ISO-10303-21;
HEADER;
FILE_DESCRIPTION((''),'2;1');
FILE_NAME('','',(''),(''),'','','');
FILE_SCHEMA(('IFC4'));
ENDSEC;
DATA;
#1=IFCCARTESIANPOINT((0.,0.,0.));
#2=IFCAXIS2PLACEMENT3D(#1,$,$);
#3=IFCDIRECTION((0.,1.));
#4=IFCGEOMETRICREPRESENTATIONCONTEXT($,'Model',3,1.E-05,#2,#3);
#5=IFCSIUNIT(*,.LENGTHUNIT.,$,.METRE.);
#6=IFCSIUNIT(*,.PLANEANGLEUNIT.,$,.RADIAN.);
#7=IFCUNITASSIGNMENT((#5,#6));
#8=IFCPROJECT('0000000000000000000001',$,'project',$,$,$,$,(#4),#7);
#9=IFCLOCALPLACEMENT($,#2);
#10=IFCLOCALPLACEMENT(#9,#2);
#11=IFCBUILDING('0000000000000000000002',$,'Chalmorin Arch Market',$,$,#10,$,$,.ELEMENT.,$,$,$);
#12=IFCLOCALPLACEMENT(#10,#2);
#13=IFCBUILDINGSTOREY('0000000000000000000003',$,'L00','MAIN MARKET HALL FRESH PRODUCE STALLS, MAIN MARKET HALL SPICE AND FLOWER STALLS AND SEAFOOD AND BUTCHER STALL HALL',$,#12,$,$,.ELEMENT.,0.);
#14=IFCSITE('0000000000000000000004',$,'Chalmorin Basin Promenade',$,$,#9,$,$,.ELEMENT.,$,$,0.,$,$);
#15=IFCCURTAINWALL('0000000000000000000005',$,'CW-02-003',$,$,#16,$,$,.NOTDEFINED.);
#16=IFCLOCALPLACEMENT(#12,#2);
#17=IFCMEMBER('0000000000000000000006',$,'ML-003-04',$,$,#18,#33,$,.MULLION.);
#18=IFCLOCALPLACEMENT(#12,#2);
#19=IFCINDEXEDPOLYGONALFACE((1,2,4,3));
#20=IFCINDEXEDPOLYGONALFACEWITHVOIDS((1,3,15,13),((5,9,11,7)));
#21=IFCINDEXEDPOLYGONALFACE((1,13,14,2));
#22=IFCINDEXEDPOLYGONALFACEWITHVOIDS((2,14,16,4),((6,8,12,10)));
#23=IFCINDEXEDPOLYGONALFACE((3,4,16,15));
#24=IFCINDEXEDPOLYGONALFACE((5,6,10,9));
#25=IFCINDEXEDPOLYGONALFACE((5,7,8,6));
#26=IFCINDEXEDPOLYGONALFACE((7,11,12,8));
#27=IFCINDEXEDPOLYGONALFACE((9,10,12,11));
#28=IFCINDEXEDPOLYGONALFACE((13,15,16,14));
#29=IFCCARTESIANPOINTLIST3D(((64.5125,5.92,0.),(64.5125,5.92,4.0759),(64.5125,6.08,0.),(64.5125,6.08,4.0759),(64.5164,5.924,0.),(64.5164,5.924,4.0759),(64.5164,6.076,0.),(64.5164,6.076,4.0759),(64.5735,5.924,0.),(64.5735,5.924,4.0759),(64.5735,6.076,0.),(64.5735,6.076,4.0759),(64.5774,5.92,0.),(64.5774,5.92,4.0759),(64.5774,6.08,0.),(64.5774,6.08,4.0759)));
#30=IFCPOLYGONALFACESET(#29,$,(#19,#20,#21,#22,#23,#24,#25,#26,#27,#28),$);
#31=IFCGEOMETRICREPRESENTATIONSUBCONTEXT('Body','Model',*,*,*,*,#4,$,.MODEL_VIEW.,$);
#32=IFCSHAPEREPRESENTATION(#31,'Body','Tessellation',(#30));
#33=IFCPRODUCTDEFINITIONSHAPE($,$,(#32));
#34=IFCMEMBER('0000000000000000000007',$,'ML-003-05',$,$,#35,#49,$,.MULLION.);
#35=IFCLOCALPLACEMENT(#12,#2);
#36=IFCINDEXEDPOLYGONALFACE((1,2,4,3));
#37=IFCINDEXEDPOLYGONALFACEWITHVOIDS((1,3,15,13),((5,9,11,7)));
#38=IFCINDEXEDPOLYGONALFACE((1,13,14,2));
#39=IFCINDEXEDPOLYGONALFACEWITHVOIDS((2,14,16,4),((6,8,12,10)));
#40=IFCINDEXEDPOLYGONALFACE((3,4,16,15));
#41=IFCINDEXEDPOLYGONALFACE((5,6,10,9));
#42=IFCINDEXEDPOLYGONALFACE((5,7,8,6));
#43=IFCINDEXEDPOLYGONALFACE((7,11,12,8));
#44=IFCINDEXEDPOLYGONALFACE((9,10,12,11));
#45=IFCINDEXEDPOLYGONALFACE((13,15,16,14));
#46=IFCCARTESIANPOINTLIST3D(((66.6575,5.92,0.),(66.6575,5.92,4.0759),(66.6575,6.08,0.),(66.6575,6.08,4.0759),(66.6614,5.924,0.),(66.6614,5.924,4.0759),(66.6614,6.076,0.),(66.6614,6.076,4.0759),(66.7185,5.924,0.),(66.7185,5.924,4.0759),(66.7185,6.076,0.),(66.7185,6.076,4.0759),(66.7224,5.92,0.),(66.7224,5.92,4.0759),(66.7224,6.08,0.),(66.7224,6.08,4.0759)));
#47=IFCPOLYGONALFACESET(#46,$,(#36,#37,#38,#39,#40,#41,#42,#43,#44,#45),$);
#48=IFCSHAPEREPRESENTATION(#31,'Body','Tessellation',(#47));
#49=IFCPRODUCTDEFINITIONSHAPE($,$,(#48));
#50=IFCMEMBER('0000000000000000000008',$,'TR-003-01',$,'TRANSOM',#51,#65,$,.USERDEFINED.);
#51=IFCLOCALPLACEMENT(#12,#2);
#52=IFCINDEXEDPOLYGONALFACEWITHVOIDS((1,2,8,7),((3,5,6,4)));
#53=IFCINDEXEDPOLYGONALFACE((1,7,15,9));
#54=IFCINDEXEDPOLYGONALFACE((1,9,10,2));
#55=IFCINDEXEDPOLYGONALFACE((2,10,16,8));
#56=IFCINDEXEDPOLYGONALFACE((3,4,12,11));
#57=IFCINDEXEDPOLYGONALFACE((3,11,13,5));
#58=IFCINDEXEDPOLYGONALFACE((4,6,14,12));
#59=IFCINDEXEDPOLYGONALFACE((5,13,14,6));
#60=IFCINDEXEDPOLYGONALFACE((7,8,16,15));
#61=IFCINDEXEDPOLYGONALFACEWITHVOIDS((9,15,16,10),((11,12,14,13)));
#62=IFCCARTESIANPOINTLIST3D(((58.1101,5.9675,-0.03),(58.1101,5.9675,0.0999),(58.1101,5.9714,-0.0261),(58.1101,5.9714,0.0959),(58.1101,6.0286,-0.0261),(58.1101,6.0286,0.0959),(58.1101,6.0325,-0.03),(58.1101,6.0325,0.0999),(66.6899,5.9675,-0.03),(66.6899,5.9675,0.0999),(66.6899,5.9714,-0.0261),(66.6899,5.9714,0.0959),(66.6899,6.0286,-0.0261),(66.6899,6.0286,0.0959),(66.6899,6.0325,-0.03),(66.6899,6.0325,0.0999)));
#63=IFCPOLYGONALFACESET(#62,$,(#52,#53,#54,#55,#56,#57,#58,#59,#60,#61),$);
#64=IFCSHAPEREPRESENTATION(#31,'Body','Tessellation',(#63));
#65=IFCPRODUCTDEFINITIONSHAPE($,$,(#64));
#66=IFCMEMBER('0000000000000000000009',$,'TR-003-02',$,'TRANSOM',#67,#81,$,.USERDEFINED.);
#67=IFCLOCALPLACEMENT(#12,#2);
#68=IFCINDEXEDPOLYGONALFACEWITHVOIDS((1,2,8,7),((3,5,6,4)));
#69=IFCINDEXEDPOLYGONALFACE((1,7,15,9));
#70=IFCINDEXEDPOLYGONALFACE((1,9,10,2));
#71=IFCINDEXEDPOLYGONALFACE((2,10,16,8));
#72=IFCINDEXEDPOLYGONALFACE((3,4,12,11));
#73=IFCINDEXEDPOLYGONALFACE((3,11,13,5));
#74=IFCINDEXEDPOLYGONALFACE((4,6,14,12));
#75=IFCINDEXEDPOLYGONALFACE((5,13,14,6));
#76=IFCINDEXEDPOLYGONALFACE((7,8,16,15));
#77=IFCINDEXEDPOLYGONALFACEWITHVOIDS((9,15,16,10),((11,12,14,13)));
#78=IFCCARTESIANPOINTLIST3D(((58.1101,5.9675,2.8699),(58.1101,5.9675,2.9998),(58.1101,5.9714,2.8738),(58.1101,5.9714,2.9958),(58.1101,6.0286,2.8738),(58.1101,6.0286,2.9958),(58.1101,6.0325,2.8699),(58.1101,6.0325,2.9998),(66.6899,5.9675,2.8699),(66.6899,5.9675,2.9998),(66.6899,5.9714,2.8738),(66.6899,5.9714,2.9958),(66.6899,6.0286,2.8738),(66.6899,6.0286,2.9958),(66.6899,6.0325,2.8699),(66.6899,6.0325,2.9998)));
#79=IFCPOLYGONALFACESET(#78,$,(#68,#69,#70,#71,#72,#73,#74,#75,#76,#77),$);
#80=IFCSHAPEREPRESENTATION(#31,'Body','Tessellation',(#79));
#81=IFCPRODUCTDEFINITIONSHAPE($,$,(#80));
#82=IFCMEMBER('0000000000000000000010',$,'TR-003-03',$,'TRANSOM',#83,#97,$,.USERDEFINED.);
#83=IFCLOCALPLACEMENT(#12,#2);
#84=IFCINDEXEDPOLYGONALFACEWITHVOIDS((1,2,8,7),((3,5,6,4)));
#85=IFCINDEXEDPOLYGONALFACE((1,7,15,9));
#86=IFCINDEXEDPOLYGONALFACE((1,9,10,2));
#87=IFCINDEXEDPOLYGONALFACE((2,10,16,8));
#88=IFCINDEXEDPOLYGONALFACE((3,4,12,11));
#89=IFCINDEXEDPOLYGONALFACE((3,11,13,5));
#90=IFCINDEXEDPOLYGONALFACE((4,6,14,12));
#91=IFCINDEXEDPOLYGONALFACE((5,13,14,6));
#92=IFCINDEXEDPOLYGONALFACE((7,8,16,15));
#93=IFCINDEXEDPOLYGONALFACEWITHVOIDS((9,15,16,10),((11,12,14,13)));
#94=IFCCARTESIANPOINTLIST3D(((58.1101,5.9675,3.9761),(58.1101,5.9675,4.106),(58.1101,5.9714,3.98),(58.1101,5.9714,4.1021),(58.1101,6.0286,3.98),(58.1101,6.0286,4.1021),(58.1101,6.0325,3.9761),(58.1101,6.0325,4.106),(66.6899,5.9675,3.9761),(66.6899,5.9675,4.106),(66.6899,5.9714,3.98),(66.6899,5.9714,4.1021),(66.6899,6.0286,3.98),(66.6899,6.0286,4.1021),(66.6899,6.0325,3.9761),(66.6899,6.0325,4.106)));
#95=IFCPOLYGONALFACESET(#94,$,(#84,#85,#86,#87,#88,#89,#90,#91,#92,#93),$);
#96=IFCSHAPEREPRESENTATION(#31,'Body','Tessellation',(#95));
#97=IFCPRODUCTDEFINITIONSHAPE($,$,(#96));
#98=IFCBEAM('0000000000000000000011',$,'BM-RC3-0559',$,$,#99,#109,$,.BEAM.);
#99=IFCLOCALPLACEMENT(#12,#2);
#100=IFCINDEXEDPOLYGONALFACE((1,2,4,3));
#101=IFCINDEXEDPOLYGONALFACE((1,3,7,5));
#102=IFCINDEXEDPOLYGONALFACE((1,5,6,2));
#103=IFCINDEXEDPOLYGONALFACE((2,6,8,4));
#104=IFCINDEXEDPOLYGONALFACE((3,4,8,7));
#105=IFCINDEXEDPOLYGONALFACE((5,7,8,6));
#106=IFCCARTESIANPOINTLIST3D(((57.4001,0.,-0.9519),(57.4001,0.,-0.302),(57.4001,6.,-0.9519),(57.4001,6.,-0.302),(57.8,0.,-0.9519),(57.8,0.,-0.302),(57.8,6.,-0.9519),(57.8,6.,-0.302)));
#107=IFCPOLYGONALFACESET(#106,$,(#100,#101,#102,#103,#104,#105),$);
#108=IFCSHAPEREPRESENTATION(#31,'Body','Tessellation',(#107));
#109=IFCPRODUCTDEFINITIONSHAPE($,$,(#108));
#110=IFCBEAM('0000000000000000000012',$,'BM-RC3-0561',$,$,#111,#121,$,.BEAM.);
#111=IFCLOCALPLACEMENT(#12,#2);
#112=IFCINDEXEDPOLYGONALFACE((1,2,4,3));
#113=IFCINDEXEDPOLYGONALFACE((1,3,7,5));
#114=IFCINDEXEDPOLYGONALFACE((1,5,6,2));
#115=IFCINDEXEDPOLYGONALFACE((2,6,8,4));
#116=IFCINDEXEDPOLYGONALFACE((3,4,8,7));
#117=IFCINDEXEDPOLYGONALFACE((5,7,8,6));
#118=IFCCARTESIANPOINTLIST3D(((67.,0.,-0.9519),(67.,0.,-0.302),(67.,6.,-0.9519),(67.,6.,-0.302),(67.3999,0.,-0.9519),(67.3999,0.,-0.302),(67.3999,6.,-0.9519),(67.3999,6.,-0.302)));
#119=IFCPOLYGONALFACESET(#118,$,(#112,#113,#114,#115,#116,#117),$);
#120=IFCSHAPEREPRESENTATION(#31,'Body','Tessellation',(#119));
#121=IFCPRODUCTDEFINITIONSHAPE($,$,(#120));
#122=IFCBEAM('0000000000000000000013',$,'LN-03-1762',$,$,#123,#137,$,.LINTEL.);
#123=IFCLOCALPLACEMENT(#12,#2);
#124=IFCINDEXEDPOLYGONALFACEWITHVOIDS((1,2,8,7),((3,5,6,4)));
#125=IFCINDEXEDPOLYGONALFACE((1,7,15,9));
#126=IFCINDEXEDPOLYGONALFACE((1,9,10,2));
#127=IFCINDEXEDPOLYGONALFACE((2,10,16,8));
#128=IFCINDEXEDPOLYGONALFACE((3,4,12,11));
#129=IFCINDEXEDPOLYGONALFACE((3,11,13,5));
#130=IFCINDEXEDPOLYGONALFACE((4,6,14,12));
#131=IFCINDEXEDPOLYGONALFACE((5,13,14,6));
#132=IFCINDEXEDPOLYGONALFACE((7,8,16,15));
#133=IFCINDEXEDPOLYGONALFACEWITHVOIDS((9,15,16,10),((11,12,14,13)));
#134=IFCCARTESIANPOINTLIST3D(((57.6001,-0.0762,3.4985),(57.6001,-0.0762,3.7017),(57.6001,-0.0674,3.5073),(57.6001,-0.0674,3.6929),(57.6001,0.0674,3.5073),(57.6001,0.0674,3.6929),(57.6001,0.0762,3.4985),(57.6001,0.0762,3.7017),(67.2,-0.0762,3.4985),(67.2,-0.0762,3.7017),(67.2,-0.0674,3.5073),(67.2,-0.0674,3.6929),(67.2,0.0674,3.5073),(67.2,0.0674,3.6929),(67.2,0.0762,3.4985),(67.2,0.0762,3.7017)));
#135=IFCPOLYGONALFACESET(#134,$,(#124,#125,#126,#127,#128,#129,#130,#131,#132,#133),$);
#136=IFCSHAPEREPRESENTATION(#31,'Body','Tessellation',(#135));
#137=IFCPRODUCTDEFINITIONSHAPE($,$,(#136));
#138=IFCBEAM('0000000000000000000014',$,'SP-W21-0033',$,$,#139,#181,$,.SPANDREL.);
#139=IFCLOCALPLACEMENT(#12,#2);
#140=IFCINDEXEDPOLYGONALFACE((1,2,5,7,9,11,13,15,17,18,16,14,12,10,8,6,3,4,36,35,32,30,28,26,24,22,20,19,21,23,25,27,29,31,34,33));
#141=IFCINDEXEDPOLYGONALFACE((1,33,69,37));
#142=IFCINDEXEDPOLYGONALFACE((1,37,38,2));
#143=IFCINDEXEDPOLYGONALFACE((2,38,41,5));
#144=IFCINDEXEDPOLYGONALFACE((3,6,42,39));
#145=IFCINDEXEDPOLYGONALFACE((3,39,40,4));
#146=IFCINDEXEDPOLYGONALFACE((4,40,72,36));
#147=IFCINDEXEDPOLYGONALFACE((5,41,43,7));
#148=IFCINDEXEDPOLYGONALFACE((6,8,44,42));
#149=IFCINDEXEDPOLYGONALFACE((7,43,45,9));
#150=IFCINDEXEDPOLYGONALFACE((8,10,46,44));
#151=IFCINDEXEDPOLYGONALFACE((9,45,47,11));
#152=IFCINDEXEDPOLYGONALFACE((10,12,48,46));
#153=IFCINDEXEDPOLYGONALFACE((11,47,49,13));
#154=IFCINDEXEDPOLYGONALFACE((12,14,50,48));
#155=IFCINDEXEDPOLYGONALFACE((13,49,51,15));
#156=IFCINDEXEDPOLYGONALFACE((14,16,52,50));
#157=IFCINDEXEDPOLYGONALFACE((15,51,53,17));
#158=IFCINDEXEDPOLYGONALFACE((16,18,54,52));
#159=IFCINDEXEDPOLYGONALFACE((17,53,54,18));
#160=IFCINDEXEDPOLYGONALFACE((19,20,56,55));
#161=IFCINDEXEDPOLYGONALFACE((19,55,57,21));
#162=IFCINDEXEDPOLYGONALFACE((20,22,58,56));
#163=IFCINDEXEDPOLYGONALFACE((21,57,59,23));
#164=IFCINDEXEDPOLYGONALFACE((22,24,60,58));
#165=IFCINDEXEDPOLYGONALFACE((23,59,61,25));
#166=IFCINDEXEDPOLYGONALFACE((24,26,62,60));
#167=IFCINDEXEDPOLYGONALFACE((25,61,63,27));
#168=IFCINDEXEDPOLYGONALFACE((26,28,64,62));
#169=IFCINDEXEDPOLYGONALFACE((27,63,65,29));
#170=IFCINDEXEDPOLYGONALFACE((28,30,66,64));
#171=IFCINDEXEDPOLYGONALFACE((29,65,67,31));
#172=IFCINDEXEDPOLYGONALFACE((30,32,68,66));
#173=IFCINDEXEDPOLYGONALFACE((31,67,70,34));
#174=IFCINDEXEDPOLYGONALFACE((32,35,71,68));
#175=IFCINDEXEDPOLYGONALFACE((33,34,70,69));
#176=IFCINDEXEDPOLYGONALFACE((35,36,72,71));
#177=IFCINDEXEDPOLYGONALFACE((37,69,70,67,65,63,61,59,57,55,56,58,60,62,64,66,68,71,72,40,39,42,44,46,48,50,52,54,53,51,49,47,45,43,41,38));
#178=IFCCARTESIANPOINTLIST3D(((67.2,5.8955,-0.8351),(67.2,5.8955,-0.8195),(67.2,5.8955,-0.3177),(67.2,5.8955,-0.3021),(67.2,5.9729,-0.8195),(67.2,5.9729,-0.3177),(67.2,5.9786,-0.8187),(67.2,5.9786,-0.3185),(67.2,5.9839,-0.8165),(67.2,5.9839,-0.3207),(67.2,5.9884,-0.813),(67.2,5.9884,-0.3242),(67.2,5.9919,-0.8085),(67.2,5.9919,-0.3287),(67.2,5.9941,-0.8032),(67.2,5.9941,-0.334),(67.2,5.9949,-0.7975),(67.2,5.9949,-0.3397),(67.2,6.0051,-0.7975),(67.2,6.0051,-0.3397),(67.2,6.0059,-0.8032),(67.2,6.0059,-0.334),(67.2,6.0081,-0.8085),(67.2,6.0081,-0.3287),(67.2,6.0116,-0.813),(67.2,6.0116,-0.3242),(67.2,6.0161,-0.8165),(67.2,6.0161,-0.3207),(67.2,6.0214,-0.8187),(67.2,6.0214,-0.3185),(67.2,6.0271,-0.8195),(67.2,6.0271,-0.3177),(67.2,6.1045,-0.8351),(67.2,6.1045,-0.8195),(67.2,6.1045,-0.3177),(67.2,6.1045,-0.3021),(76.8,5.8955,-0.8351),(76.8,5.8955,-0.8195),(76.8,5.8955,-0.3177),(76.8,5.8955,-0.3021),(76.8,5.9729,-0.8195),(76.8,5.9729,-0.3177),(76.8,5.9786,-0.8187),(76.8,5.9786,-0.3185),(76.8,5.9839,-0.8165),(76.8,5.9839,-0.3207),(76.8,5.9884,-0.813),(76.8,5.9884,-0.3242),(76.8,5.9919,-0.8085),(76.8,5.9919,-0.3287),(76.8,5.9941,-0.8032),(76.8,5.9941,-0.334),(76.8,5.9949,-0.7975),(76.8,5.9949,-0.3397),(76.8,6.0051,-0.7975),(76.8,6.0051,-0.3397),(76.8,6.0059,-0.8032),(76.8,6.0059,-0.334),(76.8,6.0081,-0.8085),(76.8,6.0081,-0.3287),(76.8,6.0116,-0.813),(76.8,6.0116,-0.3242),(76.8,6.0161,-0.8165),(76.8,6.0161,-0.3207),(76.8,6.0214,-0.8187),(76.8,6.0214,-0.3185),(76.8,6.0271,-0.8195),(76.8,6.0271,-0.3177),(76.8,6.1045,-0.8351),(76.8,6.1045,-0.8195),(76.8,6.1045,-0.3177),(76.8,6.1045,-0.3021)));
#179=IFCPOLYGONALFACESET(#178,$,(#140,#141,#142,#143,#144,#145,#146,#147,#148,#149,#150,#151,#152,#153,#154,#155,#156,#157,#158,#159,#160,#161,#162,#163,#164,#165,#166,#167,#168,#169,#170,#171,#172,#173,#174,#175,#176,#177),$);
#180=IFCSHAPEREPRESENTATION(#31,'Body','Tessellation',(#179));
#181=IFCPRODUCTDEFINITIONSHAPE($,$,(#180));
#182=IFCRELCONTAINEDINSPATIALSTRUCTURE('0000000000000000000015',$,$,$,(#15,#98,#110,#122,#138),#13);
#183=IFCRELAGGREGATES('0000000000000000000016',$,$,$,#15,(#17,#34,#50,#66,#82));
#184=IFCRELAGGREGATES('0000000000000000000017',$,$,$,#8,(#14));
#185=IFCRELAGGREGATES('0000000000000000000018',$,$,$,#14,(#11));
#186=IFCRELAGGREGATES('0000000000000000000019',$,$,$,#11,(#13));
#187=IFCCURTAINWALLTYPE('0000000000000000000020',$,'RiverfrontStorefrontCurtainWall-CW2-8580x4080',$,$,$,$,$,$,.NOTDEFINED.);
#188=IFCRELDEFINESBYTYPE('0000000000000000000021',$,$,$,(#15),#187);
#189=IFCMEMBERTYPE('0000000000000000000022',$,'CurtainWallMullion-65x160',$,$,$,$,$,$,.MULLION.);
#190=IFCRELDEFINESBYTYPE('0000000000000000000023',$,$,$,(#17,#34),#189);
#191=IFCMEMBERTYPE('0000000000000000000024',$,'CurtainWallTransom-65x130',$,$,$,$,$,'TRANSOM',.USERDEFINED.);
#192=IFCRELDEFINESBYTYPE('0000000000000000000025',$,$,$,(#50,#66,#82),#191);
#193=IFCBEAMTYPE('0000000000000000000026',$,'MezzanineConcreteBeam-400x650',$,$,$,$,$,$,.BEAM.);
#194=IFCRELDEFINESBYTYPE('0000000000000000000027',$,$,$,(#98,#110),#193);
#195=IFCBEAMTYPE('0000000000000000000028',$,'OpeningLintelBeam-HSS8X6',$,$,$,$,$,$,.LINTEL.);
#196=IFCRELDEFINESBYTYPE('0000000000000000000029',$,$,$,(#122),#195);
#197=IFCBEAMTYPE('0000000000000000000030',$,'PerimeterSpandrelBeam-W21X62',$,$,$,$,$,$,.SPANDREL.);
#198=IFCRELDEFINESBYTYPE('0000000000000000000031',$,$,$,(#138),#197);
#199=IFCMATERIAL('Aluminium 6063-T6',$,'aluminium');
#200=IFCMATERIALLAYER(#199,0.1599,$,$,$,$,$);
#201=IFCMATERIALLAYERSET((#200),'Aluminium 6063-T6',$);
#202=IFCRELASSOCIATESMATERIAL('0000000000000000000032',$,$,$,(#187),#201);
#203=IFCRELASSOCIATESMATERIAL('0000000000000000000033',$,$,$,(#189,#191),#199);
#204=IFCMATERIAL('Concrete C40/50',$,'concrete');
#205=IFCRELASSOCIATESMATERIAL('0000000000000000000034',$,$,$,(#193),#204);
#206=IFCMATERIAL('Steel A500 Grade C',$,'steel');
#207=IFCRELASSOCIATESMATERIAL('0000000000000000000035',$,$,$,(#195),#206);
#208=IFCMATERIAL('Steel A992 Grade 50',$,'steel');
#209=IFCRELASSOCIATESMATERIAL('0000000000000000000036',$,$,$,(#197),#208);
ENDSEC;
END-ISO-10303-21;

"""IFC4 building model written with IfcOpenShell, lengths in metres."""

from ifc_helpers import new_model, si_unit, direction, frame, origin, origin_2d, place, context, subcontext, project, spatial, rectangle, hollow_rectangle, i_section, extrude, material, layer, layer_set, material_profile, profile_set, type_object, element, aggregate, save


model = new_model("IFC4")

# Units and contexts
model_context = context("Model", 3, precision=1e-05, world=origin(), true_north=direction((0.0, 1.0)))
body_context = subcontext(model_context, "Body", "Model", "MODEL_VIEW")
ifc_project = project(units=[si_unit("LENGTHUNIT", "METRE"), si_unit("PLANEANGLEUNIT", "RADIAN")], contexts=[model_context])

# Site, building, storey
site_placement = place(None, origin())
site = spatial("IfcSite", under=ifc_project, at=site_placement, Name="Chalmorin Basin Promenade", CompositionType="ELEMENT", RefElevation=0.0)
building_placement = place(site_placement, origin())
building = spatial("IfcBuilding", under=site, at=building_placement, Name="Chalmorin Arch Market", CompositionType="ELEMENT")
storey_placement = place(building_placement, origin())
storey = spatial("IfcBuildingStorey", under=building, at=storey_placement, Name="L00", Description="MAIN MARKET HALL FRESH PRODUCE STALLS, MAIN MARKET HALL SPICE AND FLOWER STALLS AND SEAFOOD AND BUTCHER STALL HALL", CompositionType="ELEMENT", Elevation=0.0)

# Shared definitions
ifc_material_1 = material(Name="Concrete C40/50", Category="concrete")

# Shared definitions
ifc_material_2 = material(Name="Steel A500 Grade C", Category="steel")

# Curtain wall, members
ifc_material_3 = material(Name="Aluminium 6063-T6", Category="aluminium")
ifc_layer_1 = layer(ifc_material_3, 0.1599)
ifc_layer_set_1 = layer_set([ifc_layer_1], Name="Aluminium 6063-T6")
curtain_wall_type = type_object("IfcCurtainWallType", Name="RiverfrontStorefrontCurtainWall-CW2-8580x4080", PredefinedType="NOTDEFINED", material=ifc_layer_set_1)
curtain_wall_placement = place(storey_placement, origin())
curtain_wall = element("IfcCurtainWall", 1, at=curtain_wall_placement, inside=storey, type_object=curtain_wall_type, Name="CW-02-003", PredefinedType="NOTDEFINED")
ifc_material_profile_1 = material_profile(ifc_material_3, hollow_rectangle(XDim=0.0649, YDim=0.1599, WallThickness=0.0039, at=origin_2d()), Name="ALU65X160X4")
ifc_profile_set_1 = profile_set([ifc_material_profile_1], Name="Aluminium 6063-T6")
member_type_1 = type_object("IfcMemberType", Name="CurtainWallMullion-65x160", PredefinedType="MULLION", material=ifc_profile_set_1)
member_1_placement = place(storey_placement, frame((64.5449, 6.0, 0.0), z_axis=(0.0, 0.0, 1.0), x_axis=(1.0, 0.0, 0.0)))
member_1 = element("IfcMember", 2, at=member_1_placement, type_object=member_type_1, Name="ML-003-04", PredefinedType="MULLION", context=body_context, shape_type="SweptSolid", body=[
    extrude(hollow_rectangle(XDim=0.0649, YDim=0.1599, WallThickness=0.0039, at=origin_2d()), origin(), (0.0, 0.0, 1.0), 4.0759),
])
member_2_placement = place(storey_placement, frame((66.6899, 6.0, 0.0), z_axis=(0.0, 0.0, 1.0), x_axis=(1.0, 0.0, 0.0)))
member_2 = element("IfcMember", 3, at=member_2_placement, type_object=member_type_1, Name="ML-003-05", PredefinedType="MULLION", context=body_context, shape_type="SweptSolid", body=[
    extrude(hollow_rectangle(XDim=0.0649, YDim=0.1599, WallThickness=0.0039, at=origin_2d()), origin(), (0.0, 0.0, 1.0), 4.0759),
])
ifc_material_profile_2 = material_profile(ifc_material_3, hollow_rectangle(XDim=0.0649, YDim=0.1299, WallThickness=0.0039, at=origin_2d()), Name="ALU65X130X4")
ifc_profile_set_2 = profile_set([ifc_material_profile_2], Name="Aluminium 6063-T6")
member_type_2 = type_object("IfcMemberType", Name="CurtainWallTransom-65x130", ElementType="TRANSOM", PredefinedType="USERDEFINED", material=ifc_profile_set_2)
member_3_placement = place(storey_placement, frame((58.1101, 6.0, 0.0349), z_axis=(1.0, 0.0, 0.0), x_axis=(0.0, 1.0, 0.0)))
member_3 = element("IfcMember", 4, at=member_3_placement, type_object=member_type_2, Name="TR-003-01", ObjectType="TRANSOM", PredefinedType="USERDEFINED", context=body_context, shape_type="SweptSolid", body=[
    extrude(hollow_rectangle(XDim=0.0649, YDim=0.1299, WallThickness=0.0039, at=origin_2d()), origin(), (0.0, 0.0, 1.0), 8.5798),
])
member_4_placement = place(storey_placement, frame((58.1101, 6.0, 2.9348), z_axis=(1.0, 0.0, 0.0), x_axis=(0.0, 1.0, 0.0)))
member_4 = element("IfcMember", 5, at=member_4_placement, type_object=member_type_2, Name="TR-003-02", ObjectType="TRANSOM", PredefinedType="USERDEFINED", context=body_context, shape_type="SweptSolid", body=[
    extrude(hollow_rectangle(XDim=0.0649, YDim=0.1299, WallThickness=0.0039, at=origin_2d()), origin(), (0.0, 0.0, 1.0), 8.5798),
])
member_5_placement = place(storey_placement, frame((58.1101, 6.0, 4.041), z_axis=(1.0, 0.0, 0.0), x_axis=(0.0, 1.0, 0.0)))
member_5 = element("IfcMember", 6, at=member_5_placement, type_object=member_type_2, Name="TR-003-03", ObjectType="TRANSOM", PredefinedType="USERDEFINED", context=body_context, shape_type="SweptSolid", body=[
    extrude(hollow_rectangle(XDim=0.0649, YDim=0.1299, WallThickness=0.0039, at=origin_2d()), origin(), (0.0, 0.0, 1.0), 8.5798),
])

# Beams
ifc_material_profile_3 = material_profile(ifc_material_1, rectangle(XDim=0.3999, YDim=0.6499, at=origin_2d()), Name="RC400X650")
ifc_profile_set_3 = profile_set([ifc_material_profile_3], Name="Concrete C40/50")
beam_type_1 = type_object("IfcBeamType", Name="MezzanineConcreteBeam-400x650", PredefinedType="BEAM", material=ifc_profile_set_3)
for number, where, z_axis, x_axis, name in (
    (7, (57.6001, 0.0, -0.627), (0.0, 1.0, 0.0), (-1.0, 0.0, 0.0), "BM-RC3-0559"),
    (8, (67.2, 0.0, -0.627), (0.0, 1.0, 0.0), (-1.0, 0.0, 0.0), "BM-RC3-0561"),
):
    element("IfcBeam", number, at=place(storey_placement, frame(where, z_axis=z_axis, x_axis=x_axis)), inside=storey, type_object=beam_type_1, Name=name, PredefinedType="BEAM", context=body_context, shape_type="SweptSolid", body=[
        extrude(rectangle(XDim=0.3999, YDim=0.6499, at=origin_2d()), origin(), (0.0, 0.0, 1.0), 6.0),
    ])
ifc_material_profile_4 = material_profile(ifc_material_2, hollow_rectangle(XDim=0.1523, YDim=0.2031, WallThickness=0.0088, at=origin_2d()), Name="HSS8X6X3/8")
ifc_profile_set_4 = profile_set([ifc_material_profile_4], Name="Steel A500 Grade C")
beam_type_2 = type_object("IfcBeamType", Name="OpeningLintelBeam-HSS8X6", PredefinedType="LINTEL", material=ifc_profile_set_4)
beam_1_placement = place(storey_placement, frame((57.6001, 0.0, 3.6001), z_axis=(1.0, 0.0, 0.0), x_axis=(0.0, 1.0, 0.0)))
element("IfcBeam", 9, at=beam_1_placement, inside=storey, type_object=beam_type_2, Name="LN-03-1762", PredefinedType="LINTEL", context=body_context, shape_type="SweptSolid", body=[
    extrude(hollow_rectangle(XDim=0.1523, YDim=0.2031, WallThickness=0.0088, at=origin_2d()), origin(), (0.0, 0.0, 1.0), 9.5999),
])
ifc_material_4 = material(Name="Steel A992 Grade 50", Category="steel")
ifc_material_profile_5 = material_profile(ifc_material_4, i_section(OverallWidth=0.209, OverallDepth=0.533, WebThickness=0.0103, FlangeThickness=0.0156, FilletRadius=0.022, at=origin_2d()), Name="W21X62")
ifc_profile_set_5 = profile_set([ifc_material_profile_5], Name="Steel A992 Grade 50")
beam_type_3 = type_object("IfcBeamType", Name="PerimeterSpandrelBeam-W21X62", PredefinedType="SPANDREL", material=ifc_profile_set_5)
beam_2_placement = place(storey_placement, frame((67.2, 6.0, -0.5686), z_axis=(1.0, 0.0, 0.0), x_axis=(0.0, 1.0, 0.0)))
element("IfcBeam", 10, at=beam_2_placement, inside=storey, type_object=beam_type_3, Name="SP-W21-0033", PredefinedType="SPANDREL", context=body_context, shape_type="SweptSolid", body=[
    extrude(i_section(OverallWidth=0.209, OverallDepth=0.533, WebThickness=0.0103, FlangeThickness=0.0156, FilletRadius=0.022, at=origin_2d()), origin(), (0.0, 0.0, 1.0), 9.6001),
])

aggregate(curtain_wall, [member_1, member_2, member_3, member_4, member_5])

save(model, "model.ifc")
